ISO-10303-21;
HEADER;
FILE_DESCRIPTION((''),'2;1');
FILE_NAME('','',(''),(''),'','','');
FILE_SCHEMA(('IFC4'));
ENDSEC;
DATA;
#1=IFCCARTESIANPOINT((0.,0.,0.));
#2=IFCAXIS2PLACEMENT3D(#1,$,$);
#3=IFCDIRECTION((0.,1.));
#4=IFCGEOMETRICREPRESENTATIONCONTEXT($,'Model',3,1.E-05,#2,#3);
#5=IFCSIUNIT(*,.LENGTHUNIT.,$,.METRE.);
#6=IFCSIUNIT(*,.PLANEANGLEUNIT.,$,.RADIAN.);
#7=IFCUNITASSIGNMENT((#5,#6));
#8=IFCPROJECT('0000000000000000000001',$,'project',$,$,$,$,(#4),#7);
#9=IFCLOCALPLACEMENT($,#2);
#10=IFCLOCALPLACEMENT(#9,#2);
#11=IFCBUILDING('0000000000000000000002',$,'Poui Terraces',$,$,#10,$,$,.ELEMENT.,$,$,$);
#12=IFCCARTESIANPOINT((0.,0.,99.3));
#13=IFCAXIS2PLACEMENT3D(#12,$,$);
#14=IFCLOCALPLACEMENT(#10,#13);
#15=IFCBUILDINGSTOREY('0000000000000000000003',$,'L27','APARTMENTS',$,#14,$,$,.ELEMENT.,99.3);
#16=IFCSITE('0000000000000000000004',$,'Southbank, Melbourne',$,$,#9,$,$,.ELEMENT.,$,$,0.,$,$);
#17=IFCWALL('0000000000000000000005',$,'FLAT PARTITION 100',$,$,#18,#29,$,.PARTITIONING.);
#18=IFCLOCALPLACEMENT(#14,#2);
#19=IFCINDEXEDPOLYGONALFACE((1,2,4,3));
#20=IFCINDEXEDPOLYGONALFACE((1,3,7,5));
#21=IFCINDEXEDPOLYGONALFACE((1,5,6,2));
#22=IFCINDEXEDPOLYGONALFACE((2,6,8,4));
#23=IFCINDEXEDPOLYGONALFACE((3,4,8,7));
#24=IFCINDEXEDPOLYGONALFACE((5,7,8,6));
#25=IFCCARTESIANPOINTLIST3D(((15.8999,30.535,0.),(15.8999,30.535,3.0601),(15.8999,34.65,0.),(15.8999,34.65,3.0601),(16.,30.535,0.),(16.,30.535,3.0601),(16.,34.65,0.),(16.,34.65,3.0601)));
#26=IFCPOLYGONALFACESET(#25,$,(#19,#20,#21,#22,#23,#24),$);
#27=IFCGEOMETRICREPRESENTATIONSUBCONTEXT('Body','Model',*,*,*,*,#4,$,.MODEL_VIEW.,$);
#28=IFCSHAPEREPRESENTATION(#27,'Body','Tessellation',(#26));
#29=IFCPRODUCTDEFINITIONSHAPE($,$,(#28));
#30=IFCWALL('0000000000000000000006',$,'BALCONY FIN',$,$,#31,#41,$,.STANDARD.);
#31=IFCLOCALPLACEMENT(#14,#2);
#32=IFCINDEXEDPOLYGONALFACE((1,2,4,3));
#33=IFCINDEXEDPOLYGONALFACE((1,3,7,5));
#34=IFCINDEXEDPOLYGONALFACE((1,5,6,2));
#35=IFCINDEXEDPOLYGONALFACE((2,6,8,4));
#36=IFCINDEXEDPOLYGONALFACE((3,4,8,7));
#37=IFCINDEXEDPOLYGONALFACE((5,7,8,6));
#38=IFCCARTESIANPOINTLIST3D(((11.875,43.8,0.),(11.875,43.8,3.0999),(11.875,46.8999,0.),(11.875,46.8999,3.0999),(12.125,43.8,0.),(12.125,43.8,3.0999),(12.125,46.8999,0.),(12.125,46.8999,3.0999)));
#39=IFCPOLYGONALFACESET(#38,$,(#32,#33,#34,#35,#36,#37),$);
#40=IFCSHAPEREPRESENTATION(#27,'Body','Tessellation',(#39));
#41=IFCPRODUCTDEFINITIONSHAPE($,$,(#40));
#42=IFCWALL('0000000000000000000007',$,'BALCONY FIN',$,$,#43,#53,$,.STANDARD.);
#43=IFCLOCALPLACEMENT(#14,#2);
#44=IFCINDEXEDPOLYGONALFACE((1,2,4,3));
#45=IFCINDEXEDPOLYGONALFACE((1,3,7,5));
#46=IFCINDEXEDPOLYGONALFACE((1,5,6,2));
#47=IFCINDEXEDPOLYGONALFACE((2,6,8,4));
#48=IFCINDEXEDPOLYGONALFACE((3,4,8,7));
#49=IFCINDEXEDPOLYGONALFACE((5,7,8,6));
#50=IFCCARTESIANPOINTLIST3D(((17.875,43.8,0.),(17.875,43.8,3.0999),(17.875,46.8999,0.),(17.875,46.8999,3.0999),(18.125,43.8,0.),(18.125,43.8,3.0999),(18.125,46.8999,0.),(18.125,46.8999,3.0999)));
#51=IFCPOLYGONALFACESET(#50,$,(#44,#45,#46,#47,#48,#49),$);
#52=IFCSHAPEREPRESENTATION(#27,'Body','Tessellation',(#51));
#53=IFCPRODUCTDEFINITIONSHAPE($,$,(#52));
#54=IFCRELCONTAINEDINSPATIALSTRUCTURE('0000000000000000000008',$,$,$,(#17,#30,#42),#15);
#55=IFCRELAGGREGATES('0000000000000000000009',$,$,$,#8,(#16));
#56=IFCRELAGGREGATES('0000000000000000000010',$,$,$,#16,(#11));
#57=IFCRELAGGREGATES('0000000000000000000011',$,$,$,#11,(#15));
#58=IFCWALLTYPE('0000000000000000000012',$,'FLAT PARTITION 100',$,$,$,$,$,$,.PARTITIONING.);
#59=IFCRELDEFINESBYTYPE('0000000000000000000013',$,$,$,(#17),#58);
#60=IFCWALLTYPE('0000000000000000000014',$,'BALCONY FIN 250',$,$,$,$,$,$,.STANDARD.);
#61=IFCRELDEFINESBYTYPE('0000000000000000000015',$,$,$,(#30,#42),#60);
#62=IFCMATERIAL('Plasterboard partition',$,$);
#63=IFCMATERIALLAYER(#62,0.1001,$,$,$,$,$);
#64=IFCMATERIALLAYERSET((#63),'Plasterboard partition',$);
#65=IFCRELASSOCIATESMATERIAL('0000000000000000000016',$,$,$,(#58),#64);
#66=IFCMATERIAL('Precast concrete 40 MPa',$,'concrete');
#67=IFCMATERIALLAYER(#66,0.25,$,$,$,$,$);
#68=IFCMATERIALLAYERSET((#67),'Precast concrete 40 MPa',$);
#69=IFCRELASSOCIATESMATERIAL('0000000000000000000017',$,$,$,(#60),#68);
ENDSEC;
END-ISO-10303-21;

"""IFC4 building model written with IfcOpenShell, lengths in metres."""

from ifc_helpers import new_model, si_unit, direction, frame, frame_2d, origin, place, context, subcontext, project, spatial, polyline, rectangle, outline, extrude, source, transform, mapped, material, layer, layer_set, type_object, element, save


model = new_model("IFC4")

# Units and contexts
model_context = context("Model", 3, precision=1e-05, world=origin(), true_north=direction((0.0, 1.0)))
body_context = subcontext(model_context, "Body", "Model", "MODEL_VIEW")
ifc_project = project(units=[si_unit("LENGTHUNIT", "METRE"), si_unit("PLANEANGLEUNIT", "RADIAN")], contexts=[model_context])

# Site, building, storey
site_placement = place(None, origin())
site = spatial("IfcSite", under=ifc_project, at=site_placement, Name="Southbank, Melbourne", CompositionType="ELEMENT", RefElevation=0.0)
building_placement = place(site_placement, origin())
building = spatial("IfcBuilding", under=site, at=building_placement, Name="Poui Terraces", CompositionType="ELEMENT")
storey_placement = place(building_placement, frame((0.0, 0.0, 99.3)))
storey = spatial("IfcBuildingStorey", under=building, at=storey_placement, Name="L27", Description="APARTMENTS", CompositionType="ELEMENT", Elevation=99.3)

# Shared definitions
ifc_material_1 = material(Name="Plasterboard partition")
ifc_layer_1 = layer(ifc_material_1, 0.1001)
ifc_layer_set_1 = layer_set([ifc_layer_1], Name="Plasterboard partition")
wall_type_1 = type_object("IfcWallType", Name="FLAT PARTITION 100", PredefinedType="PARTITIONING", material=ifc_layer_set_1)

# Walls
wall_1_placement = place(storey_placement, frame((15.95, 30.5349, 0.0), z_axis=(0.0, 0.0, 1.0), x_axis=(0.0, 1.0, 0.0)))
element("IfcWall", 1, at=wall_1_placement, inside=storey, type_object=wall_type_1, Name="FLAT PARTITION 100", PredefinedType="PARTITIONING", context=body_context, shape_type="SweptSolid", body=[
    extrude(rectangle(XDim=4.115, YDim=0.1001, at=frame_2d((2.0576, 0.0))), origin(), (0.0, 0.0, 1.0), 3.0601),
])
ifc_material_2 = material(Name="Precast concrete 40 MPa", Category="concrete")
ifc_layer_2 = layer(ifc_material_2, 0.25)
ifc_layer_set_2 = layer_set([ifc_layer_2], Name="Precast concrete 40 MPa")
wall_type_2 = type_object("IfcWallType", Name="BALCONY FIN 250", PredefinedType="STANDARD", material=ifc_layer_set_2)
shared_shape_1 = source(origin(), body_context, "Body", "SweptSolid", [
    extrude(outline(polyline([(0.0, 0.0), (0.25, 0.0), (0.25, 3.0999), (0.0, 3.0999), (0.0, 0.0)])), origin(), (0.0, 0.0, 1.0), 3.0999),
])
for number, where, name in (
    (2, (11.875, 43.8, 0.0), "BALCONY FIN"),
    (3, (17.875, 43.8, 0.0), "BALCONY FIN"),
):
    element("IfcWall", number, at=place(storey_placement, frame(where)), inside=storey, type_object=wall_type_2, Name=name, PredefinedType="STANDARD", context=body_context, shape_type="MappedRepresentation", body=[
        mapped(shared_shape_1, transform((0.0, 0.0, 0.0))),
    ])

save(model, "model.ifc")
